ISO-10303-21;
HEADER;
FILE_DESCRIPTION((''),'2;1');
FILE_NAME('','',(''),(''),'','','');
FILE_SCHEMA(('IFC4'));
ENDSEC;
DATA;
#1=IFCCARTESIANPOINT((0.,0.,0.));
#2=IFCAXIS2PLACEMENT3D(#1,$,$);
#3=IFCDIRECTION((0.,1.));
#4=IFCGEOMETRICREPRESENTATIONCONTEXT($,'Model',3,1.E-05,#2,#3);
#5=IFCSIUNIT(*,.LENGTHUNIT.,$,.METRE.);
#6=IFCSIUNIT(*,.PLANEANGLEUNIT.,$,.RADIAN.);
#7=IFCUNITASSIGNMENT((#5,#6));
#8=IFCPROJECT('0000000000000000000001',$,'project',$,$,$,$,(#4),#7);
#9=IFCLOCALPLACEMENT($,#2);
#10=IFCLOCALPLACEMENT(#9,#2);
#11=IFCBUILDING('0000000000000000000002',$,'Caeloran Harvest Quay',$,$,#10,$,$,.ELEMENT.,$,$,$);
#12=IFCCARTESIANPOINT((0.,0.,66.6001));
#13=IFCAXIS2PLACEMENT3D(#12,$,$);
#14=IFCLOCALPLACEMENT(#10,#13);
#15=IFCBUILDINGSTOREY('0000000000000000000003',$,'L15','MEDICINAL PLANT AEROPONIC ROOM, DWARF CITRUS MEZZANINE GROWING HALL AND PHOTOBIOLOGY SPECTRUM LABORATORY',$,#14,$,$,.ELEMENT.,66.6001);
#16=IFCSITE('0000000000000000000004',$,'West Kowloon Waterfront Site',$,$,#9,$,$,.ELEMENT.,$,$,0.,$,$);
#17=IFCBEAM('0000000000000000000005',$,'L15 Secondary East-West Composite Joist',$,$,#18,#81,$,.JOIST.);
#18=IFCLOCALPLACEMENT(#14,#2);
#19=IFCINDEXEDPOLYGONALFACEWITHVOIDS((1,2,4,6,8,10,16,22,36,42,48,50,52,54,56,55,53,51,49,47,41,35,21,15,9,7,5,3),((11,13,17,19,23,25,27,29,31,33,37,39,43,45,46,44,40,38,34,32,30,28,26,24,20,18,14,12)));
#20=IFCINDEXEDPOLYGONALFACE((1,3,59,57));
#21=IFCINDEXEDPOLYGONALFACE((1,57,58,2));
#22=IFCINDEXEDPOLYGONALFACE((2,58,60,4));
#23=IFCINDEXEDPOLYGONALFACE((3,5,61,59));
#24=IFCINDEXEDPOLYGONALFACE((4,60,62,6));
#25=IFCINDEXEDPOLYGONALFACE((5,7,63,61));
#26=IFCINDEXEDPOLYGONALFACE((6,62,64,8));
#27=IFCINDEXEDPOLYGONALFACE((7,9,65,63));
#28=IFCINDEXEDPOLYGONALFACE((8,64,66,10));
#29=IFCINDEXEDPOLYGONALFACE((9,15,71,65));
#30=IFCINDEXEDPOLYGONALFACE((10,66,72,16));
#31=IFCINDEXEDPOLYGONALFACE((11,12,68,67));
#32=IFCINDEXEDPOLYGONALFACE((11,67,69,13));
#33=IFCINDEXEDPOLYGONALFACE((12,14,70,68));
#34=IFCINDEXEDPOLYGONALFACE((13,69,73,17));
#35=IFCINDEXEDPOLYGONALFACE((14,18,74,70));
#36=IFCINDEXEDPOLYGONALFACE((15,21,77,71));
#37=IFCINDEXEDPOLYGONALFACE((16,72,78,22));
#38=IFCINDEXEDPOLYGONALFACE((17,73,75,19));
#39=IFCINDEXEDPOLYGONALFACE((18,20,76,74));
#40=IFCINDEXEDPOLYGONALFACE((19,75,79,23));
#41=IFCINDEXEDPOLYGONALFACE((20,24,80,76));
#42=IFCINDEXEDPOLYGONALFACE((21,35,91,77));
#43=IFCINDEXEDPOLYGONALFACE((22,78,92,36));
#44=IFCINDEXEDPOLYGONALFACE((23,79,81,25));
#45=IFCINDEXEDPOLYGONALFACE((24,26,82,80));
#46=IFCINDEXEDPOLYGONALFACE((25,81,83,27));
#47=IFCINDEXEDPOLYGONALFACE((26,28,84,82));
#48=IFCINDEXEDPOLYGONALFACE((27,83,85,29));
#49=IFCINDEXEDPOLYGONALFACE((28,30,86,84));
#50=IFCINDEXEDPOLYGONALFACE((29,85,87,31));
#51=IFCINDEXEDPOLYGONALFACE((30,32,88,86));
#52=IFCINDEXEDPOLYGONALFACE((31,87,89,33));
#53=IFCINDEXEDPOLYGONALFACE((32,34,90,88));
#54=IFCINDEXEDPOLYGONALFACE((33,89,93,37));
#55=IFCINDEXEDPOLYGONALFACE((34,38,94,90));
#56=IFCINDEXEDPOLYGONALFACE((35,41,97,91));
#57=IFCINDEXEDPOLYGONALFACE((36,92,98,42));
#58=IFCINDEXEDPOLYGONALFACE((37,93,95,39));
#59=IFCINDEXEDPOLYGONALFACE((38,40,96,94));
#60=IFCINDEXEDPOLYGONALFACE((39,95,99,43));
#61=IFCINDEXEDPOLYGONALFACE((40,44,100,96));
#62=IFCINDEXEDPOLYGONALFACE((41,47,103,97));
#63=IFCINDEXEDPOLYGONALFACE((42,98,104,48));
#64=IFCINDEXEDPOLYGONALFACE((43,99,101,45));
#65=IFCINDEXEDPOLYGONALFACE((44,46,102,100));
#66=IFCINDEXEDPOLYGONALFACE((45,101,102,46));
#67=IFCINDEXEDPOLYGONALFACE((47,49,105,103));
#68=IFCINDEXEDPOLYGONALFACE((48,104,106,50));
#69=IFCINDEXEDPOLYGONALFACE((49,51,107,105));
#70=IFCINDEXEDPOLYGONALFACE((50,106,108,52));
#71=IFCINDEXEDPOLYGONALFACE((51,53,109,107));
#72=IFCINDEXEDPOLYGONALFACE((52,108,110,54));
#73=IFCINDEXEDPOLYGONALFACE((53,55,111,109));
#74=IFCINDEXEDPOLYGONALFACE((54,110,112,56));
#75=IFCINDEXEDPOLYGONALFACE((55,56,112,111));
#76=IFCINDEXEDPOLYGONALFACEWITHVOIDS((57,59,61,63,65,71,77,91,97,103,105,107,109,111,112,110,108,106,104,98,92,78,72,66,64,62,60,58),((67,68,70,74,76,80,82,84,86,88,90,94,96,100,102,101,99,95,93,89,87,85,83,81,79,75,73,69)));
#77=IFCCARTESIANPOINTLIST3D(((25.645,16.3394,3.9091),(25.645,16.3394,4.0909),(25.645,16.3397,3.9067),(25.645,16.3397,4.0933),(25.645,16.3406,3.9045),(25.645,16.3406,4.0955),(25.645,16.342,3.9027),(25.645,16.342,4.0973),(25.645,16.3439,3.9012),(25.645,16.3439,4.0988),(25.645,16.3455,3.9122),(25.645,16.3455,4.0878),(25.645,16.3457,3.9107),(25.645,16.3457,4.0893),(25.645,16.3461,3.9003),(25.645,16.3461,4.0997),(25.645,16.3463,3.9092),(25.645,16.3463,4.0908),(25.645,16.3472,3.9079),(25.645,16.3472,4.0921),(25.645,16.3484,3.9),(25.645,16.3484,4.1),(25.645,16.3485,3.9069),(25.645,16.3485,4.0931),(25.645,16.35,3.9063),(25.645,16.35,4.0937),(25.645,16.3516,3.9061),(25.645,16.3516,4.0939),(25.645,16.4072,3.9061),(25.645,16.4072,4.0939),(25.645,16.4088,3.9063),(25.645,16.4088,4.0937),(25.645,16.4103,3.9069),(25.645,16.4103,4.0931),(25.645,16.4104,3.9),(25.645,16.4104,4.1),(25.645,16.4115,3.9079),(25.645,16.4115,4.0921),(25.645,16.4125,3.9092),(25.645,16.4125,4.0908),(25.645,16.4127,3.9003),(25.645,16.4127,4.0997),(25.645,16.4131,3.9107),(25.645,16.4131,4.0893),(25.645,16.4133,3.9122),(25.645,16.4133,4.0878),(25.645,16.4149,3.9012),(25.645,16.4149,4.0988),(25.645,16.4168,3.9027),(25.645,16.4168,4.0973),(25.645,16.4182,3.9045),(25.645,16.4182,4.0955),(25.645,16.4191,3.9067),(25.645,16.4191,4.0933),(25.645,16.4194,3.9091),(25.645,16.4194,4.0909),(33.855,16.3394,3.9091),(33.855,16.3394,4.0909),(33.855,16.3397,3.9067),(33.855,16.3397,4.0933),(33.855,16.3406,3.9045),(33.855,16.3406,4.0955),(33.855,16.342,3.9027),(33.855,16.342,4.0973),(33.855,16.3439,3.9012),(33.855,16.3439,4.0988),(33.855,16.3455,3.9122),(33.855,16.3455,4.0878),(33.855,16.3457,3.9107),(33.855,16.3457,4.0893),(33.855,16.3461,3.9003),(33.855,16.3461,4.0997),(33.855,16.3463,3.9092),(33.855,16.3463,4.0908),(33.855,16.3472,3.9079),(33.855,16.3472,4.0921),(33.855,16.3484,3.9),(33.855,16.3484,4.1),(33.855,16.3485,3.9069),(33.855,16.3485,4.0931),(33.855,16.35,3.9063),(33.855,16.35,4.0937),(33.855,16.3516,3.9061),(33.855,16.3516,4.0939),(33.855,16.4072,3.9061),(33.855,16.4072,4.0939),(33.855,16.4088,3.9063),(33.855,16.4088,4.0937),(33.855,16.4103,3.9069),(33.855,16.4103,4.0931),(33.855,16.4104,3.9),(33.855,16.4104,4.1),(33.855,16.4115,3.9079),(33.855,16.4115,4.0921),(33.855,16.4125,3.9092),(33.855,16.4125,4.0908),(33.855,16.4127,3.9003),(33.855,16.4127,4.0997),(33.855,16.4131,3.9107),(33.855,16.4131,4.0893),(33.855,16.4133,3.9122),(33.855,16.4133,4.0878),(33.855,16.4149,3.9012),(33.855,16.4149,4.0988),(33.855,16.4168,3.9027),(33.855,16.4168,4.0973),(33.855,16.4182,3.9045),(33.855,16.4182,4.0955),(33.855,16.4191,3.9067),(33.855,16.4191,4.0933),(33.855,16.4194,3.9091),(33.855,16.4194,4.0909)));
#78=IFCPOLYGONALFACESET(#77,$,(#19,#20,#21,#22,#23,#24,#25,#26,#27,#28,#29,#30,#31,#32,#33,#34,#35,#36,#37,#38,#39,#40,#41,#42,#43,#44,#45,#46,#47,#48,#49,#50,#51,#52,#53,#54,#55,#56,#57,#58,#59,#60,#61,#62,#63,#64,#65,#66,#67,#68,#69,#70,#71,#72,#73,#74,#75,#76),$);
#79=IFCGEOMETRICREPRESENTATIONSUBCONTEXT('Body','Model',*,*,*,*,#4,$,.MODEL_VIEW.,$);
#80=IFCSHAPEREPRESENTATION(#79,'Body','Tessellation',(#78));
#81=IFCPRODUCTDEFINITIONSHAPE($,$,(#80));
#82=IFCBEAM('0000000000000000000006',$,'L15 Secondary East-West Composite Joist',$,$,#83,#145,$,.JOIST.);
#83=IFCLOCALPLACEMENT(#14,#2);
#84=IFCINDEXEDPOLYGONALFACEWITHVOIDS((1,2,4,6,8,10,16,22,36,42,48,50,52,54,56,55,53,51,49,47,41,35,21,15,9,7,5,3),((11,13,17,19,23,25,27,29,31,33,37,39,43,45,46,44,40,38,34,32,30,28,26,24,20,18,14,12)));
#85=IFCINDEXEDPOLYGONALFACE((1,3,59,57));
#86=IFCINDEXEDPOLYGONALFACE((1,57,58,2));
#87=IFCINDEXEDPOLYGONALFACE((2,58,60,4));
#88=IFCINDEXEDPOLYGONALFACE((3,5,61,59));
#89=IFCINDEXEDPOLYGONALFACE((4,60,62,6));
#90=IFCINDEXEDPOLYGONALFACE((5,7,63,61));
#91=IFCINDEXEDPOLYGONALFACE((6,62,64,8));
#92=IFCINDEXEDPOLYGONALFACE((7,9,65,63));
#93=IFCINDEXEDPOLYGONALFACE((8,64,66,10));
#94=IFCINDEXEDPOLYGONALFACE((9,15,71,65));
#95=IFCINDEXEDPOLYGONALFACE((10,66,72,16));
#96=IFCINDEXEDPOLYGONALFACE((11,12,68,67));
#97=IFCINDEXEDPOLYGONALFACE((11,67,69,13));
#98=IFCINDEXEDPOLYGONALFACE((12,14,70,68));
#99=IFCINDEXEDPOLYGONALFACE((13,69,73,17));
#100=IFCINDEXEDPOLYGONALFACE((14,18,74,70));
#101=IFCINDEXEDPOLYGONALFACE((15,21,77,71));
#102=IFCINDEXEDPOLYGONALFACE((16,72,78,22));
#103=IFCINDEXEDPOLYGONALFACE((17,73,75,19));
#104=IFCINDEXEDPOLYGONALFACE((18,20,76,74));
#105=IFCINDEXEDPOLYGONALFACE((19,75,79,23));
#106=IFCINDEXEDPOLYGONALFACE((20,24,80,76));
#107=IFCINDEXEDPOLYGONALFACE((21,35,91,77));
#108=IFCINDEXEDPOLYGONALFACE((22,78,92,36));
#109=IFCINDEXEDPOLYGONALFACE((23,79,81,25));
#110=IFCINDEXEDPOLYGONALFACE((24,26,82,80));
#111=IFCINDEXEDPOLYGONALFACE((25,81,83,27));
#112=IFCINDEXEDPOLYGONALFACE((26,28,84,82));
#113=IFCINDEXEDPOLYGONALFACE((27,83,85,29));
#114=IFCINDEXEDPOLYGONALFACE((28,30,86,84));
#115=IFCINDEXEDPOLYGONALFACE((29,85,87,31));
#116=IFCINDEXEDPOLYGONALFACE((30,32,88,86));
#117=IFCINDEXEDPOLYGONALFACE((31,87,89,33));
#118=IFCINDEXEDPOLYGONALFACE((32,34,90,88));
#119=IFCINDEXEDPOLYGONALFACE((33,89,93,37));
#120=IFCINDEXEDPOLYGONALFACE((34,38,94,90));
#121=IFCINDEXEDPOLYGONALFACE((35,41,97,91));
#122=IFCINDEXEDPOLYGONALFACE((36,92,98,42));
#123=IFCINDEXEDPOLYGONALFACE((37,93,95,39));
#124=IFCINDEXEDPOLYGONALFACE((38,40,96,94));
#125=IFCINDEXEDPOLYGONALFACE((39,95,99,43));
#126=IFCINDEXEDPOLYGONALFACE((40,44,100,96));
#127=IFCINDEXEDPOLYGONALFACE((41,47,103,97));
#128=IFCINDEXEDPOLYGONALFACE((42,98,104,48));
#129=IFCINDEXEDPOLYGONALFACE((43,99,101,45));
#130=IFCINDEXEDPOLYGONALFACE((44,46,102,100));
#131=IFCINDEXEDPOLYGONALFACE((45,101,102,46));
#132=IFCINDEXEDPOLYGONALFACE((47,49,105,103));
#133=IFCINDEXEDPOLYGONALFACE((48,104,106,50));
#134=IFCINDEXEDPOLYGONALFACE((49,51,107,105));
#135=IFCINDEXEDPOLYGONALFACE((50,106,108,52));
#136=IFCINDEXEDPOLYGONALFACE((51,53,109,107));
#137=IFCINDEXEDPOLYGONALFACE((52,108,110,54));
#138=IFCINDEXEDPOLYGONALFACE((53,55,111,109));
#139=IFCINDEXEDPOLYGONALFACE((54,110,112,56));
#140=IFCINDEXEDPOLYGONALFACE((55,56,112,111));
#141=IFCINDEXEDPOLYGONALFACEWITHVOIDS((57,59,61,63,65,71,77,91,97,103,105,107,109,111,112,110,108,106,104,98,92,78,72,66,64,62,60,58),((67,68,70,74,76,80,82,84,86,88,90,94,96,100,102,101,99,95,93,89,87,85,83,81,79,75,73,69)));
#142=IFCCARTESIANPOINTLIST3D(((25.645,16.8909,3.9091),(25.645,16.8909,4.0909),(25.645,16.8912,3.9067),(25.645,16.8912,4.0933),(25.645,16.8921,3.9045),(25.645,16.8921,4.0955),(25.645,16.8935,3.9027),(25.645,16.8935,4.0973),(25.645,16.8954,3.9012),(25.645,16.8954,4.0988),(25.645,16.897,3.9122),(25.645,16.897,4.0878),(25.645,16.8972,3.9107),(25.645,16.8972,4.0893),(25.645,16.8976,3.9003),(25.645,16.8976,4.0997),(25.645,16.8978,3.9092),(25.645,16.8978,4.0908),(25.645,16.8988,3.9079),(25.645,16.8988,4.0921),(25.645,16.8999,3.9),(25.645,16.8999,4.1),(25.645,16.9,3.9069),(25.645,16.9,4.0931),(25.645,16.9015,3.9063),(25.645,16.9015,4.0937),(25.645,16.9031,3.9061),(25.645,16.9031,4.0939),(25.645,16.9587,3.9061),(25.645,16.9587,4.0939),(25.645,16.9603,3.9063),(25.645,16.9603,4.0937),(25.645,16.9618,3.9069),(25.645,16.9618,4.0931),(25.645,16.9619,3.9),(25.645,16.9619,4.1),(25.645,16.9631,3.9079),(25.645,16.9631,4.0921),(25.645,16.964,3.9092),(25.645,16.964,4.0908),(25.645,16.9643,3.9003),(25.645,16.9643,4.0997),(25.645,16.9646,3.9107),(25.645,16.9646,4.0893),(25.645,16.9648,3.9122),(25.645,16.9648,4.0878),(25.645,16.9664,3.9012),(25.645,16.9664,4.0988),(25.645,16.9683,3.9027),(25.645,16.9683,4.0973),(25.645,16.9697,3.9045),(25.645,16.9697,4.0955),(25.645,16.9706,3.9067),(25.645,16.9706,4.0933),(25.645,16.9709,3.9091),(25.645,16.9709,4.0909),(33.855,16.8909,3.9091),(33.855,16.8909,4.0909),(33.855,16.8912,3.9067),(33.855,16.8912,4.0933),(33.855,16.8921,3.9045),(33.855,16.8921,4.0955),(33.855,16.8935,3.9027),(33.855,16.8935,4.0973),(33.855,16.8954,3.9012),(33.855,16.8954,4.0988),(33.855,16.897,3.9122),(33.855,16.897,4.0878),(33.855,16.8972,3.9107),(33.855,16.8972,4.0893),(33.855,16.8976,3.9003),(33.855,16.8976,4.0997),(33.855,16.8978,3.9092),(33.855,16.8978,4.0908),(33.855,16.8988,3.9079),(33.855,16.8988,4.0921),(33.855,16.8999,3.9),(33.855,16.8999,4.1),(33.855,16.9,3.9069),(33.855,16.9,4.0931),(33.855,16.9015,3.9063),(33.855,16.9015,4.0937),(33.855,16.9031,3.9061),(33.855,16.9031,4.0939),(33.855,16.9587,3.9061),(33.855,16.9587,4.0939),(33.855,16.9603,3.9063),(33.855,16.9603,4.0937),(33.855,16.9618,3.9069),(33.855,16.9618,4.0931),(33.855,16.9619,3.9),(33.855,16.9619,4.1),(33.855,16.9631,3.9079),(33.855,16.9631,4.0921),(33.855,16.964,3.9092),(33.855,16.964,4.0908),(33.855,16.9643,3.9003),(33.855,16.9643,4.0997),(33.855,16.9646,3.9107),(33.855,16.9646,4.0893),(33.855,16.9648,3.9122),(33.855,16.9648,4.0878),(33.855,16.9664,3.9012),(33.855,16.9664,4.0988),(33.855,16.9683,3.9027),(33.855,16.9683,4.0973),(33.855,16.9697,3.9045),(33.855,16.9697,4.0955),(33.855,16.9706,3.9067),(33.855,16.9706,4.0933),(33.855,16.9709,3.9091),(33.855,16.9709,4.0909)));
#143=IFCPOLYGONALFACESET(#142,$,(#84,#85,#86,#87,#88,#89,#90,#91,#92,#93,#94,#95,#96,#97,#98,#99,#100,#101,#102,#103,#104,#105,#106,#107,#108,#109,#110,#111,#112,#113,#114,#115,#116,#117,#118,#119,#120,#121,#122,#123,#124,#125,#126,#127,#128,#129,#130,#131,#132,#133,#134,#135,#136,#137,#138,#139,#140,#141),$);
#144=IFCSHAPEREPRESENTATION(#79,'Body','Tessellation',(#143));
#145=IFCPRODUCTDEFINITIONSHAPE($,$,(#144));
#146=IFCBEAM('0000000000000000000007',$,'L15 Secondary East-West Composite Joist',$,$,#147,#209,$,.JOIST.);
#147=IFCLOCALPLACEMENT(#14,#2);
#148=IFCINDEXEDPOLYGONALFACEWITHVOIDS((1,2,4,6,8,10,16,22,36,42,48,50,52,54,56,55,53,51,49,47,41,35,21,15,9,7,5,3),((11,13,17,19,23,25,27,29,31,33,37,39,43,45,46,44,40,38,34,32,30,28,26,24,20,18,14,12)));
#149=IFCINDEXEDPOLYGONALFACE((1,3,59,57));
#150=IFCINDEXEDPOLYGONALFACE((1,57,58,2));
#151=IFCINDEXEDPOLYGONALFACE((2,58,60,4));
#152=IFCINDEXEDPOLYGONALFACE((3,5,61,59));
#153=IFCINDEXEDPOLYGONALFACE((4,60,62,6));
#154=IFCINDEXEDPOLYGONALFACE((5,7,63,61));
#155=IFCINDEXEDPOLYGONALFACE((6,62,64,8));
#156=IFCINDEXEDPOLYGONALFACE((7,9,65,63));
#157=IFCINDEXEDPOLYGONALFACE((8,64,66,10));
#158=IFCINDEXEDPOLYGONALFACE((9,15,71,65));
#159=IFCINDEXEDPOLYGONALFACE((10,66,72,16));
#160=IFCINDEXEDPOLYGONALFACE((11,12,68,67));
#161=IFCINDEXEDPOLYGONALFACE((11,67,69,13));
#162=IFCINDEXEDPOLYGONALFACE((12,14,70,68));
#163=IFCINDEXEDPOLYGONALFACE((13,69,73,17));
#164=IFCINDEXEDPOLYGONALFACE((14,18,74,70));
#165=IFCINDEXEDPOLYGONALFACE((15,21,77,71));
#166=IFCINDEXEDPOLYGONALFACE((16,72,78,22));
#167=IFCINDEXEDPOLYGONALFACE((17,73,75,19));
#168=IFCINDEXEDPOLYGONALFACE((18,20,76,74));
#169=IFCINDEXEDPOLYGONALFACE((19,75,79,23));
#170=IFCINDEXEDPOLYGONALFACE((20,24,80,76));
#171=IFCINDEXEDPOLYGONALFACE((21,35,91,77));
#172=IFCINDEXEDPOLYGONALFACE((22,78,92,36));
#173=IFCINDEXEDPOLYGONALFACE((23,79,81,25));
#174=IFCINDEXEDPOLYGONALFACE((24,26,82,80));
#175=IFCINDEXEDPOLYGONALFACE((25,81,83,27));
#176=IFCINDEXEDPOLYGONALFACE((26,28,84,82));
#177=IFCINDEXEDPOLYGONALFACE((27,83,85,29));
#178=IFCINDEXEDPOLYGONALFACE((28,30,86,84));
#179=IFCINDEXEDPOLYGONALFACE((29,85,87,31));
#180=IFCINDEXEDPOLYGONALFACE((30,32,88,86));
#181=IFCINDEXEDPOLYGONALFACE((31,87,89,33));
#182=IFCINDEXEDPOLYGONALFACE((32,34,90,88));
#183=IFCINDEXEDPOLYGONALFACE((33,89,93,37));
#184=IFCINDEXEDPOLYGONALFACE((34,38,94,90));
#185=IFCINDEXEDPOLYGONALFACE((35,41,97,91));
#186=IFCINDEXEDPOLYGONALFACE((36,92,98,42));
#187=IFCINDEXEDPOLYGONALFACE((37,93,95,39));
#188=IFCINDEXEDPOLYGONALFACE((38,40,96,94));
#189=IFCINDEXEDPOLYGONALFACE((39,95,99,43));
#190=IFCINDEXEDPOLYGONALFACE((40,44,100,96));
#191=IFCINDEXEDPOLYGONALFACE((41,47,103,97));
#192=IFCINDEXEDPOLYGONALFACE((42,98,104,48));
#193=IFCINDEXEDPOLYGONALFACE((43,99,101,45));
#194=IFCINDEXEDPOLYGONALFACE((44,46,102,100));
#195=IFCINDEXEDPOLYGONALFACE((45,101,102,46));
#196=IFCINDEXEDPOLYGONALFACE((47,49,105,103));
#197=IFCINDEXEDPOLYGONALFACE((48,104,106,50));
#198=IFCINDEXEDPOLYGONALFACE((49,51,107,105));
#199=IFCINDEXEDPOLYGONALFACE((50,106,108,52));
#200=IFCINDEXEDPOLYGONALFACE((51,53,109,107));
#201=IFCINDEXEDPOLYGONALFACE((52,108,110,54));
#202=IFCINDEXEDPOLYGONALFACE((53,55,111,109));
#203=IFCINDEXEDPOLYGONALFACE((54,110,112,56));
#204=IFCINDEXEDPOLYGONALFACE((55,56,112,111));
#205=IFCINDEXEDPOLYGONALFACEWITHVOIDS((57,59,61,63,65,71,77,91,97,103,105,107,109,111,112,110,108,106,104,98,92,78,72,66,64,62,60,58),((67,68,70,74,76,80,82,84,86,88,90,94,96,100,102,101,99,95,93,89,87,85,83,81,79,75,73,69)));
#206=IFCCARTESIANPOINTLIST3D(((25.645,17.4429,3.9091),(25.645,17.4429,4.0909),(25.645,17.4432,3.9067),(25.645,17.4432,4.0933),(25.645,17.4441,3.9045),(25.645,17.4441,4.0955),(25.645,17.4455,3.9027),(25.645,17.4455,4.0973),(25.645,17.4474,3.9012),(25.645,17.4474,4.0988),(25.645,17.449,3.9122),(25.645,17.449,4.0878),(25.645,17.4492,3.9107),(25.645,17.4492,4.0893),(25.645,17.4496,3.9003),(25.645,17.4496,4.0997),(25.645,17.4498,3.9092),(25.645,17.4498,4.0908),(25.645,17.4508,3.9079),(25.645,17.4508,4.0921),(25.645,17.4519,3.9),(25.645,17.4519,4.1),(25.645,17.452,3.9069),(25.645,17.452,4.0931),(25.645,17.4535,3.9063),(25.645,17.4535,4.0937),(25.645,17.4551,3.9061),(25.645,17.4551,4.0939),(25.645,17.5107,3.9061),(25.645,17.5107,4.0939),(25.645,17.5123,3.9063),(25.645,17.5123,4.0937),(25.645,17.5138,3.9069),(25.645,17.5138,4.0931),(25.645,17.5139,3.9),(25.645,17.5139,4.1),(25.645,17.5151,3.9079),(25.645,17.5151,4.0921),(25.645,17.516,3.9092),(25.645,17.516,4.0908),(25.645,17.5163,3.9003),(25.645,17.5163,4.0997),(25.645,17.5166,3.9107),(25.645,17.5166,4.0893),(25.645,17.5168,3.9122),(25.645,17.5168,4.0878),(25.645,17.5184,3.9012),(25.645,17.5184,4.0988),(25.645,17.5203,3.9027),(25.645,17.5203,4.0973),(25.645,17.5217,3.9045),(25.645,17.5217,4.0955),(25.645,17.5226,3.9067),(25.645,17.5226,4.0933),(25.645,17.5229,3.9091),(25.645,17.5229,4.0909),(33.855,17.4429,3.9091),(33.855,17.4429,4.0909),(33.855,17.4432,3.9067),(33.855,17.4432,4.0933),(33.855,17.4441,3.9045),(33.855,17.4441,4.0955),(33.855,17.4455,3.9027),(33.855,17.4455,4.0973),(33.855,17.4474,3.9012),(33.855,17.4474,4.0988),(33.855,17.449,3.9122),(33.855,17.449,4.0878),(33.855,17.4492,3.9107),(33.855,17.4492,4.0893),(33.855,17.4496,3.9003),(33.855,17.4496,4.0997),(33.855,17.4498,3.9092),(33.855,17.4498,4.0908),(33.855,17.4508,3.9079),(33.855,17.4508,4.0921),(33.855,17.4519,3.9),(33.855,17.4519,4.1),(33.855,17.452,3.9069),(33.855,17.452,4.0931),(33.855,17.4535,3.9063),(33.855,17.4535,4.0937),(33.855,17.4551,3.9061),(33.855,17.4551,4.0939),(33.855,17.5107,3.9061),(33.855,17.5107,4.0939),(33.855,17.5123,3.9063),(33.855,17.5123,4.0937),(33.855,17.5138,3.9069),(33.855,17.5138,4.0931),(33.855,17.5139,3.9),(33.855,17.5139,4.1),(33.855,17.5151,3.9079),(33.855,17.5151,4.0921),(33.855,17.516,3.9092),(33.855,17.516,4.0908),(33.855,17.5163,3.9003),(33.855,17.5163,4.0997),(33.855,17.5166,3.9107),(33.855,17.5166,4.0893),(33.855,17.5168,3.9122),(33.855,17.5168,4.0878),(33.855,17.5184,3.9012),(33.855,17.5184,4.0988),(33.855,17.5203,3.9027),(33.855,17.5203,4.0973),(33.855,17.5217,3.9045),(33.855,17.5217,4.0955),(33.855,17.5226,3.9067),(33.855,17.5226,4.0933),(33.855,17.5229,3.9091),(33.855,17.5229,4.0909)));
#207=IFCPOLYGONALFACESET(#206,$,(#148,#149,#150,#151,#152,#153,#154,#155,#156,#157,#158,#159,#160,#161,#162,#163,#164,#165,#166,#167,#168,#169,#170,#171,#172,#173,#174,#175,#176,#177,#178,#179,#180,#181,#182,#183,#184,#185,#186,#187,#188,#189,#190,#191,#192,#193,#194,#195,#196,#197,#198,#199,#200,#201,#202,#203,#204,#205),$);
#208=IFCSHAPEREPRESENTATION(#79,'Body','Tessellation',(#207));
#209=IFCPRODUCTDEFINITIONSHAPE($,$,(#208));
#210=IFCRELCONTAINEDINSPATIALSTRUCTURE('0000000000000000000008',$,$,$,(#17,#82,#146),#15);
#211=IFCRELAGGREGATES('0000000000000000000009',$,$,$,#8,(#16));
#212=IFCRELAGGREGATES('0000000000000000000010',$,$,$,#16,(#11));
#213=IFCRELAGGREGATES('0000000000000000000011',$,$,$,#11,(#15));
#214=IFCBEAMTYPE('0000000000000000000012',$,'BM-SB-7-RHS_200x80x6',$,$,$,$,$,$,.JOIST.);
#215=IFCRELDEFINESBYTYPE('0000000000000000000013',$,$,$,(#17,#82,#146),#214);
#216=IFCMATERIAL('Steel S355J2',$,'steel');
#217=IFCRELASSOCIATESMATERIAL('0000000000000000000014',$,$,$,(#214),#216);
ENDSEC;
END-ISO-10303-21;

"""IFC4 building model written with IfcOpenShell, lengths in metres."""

from ifc_helpers import new_model, si_unit, direction, frame, origin, origin_2d, place, context, subcontext, project, spatial, hollow_rectangle, extrude, material, material_profile, profile_set, type_object, element, save


model = new_model("IFC4")

# Units and contexts
model_context = context("Model", 3, precision=1e-05, world=origin(), true_north=direction((0.0, 1.0)))
body_context = subcontext(model_context, "Body", "Model", "MODEL_VIEW")
ifc_project = project(units=[si_unit("LENGTHUNIT", "METRE"), si_unit("PLANEANGLEUNIT", "RADIAN")], contexts=[model_context])

# Site, building, storey
site_placement = place(None, origin())
site = spatial("IfcSite", under=ifc_project, at=site_placement, Name="West Kowloon Waterfront Site", CompositionType="ELEMENT", RefElevation=0.0)
building_placement = place(site_placement, origin())
building = spatial("IfcBuilding", under=site, at=building_placement, Name="Caeloran Harvest Quay", CompositionType="ELEMENT")
storey_placement = place(building_placement, frame((0.0, 0.0, 66.6001)))
storey = spatial("IfcBuildingStorey", under=building, at=storey_placement, Name="L15", Description="MEDICINAL PLANT AEROPONIC ROOM, DWARF CITRUS MEZZANINE GROWING HALL AND PHOTOBIOLOGY SPECTRUM LABORATORY", CompositionType="ELEMENT", Elevation=66.6001)

# Beams
ifc_material_1 = material(Name="Steel S355J2", Category="steel")
ifc_material_profile_1 = material_profile(ifc_material_1, hollow_rectangle(XDim=0.0801, YDim=0.2, WallThickness=0.0061, InnerFilletRadius=0.0061, OuterFilletRadius=0.009, at=origin_2d()), Name="RHS 200x80x6")
ifc_profile_set_1 = profile_set([ifc_material_profile_1], Name="Steel S355J2")
beam_type_1 = type_object("IfcBeamType", Name="BM-SB-7-RHS_200x80x6", PredefinedType="JOIST", material=ifc_profile_set_1)
for number, where, z_axis, x_axis, name in (
    (1, (25.645, 16.3794, 4.0), (1.0, 0.0, 0.0), (0.0, 1.0, 0.0), "L15 Secondary East-West Composite Joist"),
    (2, (25.645, 16.9309, 4.0), (1.0, 0.0, 0.0), (0.0, 1.0, 0.0), "L15 Secondary East-West Composite Joist"),
    (3, (25.645, 17.4829, 4.0), (1.0, 0.0, 0.0), (0.0, 1.0, 0.0), "L15 Secondary East-West Composite Joist"),
):
    element("IfcBeam", number, at=place(storey_placement, frame(where, z_axis=z_axis, x_axis=x_axis)), inside=storey, type_object=beam_type_1, Name=name, PredefinedType="JOIST", context=body_context, shape_type="SweptSolid", body=[
        extrude(hollow_rectangle(XDim=0.0801, YDim=0.2, WallThickness=0.0061, InnerFilletRadius=0.0061, OuterFilletRadius=0.009, at=origin_2d()), origin(), (0.0, 0.0, 1.0), 8.21),
    ])

save(model, "model.ifc")
